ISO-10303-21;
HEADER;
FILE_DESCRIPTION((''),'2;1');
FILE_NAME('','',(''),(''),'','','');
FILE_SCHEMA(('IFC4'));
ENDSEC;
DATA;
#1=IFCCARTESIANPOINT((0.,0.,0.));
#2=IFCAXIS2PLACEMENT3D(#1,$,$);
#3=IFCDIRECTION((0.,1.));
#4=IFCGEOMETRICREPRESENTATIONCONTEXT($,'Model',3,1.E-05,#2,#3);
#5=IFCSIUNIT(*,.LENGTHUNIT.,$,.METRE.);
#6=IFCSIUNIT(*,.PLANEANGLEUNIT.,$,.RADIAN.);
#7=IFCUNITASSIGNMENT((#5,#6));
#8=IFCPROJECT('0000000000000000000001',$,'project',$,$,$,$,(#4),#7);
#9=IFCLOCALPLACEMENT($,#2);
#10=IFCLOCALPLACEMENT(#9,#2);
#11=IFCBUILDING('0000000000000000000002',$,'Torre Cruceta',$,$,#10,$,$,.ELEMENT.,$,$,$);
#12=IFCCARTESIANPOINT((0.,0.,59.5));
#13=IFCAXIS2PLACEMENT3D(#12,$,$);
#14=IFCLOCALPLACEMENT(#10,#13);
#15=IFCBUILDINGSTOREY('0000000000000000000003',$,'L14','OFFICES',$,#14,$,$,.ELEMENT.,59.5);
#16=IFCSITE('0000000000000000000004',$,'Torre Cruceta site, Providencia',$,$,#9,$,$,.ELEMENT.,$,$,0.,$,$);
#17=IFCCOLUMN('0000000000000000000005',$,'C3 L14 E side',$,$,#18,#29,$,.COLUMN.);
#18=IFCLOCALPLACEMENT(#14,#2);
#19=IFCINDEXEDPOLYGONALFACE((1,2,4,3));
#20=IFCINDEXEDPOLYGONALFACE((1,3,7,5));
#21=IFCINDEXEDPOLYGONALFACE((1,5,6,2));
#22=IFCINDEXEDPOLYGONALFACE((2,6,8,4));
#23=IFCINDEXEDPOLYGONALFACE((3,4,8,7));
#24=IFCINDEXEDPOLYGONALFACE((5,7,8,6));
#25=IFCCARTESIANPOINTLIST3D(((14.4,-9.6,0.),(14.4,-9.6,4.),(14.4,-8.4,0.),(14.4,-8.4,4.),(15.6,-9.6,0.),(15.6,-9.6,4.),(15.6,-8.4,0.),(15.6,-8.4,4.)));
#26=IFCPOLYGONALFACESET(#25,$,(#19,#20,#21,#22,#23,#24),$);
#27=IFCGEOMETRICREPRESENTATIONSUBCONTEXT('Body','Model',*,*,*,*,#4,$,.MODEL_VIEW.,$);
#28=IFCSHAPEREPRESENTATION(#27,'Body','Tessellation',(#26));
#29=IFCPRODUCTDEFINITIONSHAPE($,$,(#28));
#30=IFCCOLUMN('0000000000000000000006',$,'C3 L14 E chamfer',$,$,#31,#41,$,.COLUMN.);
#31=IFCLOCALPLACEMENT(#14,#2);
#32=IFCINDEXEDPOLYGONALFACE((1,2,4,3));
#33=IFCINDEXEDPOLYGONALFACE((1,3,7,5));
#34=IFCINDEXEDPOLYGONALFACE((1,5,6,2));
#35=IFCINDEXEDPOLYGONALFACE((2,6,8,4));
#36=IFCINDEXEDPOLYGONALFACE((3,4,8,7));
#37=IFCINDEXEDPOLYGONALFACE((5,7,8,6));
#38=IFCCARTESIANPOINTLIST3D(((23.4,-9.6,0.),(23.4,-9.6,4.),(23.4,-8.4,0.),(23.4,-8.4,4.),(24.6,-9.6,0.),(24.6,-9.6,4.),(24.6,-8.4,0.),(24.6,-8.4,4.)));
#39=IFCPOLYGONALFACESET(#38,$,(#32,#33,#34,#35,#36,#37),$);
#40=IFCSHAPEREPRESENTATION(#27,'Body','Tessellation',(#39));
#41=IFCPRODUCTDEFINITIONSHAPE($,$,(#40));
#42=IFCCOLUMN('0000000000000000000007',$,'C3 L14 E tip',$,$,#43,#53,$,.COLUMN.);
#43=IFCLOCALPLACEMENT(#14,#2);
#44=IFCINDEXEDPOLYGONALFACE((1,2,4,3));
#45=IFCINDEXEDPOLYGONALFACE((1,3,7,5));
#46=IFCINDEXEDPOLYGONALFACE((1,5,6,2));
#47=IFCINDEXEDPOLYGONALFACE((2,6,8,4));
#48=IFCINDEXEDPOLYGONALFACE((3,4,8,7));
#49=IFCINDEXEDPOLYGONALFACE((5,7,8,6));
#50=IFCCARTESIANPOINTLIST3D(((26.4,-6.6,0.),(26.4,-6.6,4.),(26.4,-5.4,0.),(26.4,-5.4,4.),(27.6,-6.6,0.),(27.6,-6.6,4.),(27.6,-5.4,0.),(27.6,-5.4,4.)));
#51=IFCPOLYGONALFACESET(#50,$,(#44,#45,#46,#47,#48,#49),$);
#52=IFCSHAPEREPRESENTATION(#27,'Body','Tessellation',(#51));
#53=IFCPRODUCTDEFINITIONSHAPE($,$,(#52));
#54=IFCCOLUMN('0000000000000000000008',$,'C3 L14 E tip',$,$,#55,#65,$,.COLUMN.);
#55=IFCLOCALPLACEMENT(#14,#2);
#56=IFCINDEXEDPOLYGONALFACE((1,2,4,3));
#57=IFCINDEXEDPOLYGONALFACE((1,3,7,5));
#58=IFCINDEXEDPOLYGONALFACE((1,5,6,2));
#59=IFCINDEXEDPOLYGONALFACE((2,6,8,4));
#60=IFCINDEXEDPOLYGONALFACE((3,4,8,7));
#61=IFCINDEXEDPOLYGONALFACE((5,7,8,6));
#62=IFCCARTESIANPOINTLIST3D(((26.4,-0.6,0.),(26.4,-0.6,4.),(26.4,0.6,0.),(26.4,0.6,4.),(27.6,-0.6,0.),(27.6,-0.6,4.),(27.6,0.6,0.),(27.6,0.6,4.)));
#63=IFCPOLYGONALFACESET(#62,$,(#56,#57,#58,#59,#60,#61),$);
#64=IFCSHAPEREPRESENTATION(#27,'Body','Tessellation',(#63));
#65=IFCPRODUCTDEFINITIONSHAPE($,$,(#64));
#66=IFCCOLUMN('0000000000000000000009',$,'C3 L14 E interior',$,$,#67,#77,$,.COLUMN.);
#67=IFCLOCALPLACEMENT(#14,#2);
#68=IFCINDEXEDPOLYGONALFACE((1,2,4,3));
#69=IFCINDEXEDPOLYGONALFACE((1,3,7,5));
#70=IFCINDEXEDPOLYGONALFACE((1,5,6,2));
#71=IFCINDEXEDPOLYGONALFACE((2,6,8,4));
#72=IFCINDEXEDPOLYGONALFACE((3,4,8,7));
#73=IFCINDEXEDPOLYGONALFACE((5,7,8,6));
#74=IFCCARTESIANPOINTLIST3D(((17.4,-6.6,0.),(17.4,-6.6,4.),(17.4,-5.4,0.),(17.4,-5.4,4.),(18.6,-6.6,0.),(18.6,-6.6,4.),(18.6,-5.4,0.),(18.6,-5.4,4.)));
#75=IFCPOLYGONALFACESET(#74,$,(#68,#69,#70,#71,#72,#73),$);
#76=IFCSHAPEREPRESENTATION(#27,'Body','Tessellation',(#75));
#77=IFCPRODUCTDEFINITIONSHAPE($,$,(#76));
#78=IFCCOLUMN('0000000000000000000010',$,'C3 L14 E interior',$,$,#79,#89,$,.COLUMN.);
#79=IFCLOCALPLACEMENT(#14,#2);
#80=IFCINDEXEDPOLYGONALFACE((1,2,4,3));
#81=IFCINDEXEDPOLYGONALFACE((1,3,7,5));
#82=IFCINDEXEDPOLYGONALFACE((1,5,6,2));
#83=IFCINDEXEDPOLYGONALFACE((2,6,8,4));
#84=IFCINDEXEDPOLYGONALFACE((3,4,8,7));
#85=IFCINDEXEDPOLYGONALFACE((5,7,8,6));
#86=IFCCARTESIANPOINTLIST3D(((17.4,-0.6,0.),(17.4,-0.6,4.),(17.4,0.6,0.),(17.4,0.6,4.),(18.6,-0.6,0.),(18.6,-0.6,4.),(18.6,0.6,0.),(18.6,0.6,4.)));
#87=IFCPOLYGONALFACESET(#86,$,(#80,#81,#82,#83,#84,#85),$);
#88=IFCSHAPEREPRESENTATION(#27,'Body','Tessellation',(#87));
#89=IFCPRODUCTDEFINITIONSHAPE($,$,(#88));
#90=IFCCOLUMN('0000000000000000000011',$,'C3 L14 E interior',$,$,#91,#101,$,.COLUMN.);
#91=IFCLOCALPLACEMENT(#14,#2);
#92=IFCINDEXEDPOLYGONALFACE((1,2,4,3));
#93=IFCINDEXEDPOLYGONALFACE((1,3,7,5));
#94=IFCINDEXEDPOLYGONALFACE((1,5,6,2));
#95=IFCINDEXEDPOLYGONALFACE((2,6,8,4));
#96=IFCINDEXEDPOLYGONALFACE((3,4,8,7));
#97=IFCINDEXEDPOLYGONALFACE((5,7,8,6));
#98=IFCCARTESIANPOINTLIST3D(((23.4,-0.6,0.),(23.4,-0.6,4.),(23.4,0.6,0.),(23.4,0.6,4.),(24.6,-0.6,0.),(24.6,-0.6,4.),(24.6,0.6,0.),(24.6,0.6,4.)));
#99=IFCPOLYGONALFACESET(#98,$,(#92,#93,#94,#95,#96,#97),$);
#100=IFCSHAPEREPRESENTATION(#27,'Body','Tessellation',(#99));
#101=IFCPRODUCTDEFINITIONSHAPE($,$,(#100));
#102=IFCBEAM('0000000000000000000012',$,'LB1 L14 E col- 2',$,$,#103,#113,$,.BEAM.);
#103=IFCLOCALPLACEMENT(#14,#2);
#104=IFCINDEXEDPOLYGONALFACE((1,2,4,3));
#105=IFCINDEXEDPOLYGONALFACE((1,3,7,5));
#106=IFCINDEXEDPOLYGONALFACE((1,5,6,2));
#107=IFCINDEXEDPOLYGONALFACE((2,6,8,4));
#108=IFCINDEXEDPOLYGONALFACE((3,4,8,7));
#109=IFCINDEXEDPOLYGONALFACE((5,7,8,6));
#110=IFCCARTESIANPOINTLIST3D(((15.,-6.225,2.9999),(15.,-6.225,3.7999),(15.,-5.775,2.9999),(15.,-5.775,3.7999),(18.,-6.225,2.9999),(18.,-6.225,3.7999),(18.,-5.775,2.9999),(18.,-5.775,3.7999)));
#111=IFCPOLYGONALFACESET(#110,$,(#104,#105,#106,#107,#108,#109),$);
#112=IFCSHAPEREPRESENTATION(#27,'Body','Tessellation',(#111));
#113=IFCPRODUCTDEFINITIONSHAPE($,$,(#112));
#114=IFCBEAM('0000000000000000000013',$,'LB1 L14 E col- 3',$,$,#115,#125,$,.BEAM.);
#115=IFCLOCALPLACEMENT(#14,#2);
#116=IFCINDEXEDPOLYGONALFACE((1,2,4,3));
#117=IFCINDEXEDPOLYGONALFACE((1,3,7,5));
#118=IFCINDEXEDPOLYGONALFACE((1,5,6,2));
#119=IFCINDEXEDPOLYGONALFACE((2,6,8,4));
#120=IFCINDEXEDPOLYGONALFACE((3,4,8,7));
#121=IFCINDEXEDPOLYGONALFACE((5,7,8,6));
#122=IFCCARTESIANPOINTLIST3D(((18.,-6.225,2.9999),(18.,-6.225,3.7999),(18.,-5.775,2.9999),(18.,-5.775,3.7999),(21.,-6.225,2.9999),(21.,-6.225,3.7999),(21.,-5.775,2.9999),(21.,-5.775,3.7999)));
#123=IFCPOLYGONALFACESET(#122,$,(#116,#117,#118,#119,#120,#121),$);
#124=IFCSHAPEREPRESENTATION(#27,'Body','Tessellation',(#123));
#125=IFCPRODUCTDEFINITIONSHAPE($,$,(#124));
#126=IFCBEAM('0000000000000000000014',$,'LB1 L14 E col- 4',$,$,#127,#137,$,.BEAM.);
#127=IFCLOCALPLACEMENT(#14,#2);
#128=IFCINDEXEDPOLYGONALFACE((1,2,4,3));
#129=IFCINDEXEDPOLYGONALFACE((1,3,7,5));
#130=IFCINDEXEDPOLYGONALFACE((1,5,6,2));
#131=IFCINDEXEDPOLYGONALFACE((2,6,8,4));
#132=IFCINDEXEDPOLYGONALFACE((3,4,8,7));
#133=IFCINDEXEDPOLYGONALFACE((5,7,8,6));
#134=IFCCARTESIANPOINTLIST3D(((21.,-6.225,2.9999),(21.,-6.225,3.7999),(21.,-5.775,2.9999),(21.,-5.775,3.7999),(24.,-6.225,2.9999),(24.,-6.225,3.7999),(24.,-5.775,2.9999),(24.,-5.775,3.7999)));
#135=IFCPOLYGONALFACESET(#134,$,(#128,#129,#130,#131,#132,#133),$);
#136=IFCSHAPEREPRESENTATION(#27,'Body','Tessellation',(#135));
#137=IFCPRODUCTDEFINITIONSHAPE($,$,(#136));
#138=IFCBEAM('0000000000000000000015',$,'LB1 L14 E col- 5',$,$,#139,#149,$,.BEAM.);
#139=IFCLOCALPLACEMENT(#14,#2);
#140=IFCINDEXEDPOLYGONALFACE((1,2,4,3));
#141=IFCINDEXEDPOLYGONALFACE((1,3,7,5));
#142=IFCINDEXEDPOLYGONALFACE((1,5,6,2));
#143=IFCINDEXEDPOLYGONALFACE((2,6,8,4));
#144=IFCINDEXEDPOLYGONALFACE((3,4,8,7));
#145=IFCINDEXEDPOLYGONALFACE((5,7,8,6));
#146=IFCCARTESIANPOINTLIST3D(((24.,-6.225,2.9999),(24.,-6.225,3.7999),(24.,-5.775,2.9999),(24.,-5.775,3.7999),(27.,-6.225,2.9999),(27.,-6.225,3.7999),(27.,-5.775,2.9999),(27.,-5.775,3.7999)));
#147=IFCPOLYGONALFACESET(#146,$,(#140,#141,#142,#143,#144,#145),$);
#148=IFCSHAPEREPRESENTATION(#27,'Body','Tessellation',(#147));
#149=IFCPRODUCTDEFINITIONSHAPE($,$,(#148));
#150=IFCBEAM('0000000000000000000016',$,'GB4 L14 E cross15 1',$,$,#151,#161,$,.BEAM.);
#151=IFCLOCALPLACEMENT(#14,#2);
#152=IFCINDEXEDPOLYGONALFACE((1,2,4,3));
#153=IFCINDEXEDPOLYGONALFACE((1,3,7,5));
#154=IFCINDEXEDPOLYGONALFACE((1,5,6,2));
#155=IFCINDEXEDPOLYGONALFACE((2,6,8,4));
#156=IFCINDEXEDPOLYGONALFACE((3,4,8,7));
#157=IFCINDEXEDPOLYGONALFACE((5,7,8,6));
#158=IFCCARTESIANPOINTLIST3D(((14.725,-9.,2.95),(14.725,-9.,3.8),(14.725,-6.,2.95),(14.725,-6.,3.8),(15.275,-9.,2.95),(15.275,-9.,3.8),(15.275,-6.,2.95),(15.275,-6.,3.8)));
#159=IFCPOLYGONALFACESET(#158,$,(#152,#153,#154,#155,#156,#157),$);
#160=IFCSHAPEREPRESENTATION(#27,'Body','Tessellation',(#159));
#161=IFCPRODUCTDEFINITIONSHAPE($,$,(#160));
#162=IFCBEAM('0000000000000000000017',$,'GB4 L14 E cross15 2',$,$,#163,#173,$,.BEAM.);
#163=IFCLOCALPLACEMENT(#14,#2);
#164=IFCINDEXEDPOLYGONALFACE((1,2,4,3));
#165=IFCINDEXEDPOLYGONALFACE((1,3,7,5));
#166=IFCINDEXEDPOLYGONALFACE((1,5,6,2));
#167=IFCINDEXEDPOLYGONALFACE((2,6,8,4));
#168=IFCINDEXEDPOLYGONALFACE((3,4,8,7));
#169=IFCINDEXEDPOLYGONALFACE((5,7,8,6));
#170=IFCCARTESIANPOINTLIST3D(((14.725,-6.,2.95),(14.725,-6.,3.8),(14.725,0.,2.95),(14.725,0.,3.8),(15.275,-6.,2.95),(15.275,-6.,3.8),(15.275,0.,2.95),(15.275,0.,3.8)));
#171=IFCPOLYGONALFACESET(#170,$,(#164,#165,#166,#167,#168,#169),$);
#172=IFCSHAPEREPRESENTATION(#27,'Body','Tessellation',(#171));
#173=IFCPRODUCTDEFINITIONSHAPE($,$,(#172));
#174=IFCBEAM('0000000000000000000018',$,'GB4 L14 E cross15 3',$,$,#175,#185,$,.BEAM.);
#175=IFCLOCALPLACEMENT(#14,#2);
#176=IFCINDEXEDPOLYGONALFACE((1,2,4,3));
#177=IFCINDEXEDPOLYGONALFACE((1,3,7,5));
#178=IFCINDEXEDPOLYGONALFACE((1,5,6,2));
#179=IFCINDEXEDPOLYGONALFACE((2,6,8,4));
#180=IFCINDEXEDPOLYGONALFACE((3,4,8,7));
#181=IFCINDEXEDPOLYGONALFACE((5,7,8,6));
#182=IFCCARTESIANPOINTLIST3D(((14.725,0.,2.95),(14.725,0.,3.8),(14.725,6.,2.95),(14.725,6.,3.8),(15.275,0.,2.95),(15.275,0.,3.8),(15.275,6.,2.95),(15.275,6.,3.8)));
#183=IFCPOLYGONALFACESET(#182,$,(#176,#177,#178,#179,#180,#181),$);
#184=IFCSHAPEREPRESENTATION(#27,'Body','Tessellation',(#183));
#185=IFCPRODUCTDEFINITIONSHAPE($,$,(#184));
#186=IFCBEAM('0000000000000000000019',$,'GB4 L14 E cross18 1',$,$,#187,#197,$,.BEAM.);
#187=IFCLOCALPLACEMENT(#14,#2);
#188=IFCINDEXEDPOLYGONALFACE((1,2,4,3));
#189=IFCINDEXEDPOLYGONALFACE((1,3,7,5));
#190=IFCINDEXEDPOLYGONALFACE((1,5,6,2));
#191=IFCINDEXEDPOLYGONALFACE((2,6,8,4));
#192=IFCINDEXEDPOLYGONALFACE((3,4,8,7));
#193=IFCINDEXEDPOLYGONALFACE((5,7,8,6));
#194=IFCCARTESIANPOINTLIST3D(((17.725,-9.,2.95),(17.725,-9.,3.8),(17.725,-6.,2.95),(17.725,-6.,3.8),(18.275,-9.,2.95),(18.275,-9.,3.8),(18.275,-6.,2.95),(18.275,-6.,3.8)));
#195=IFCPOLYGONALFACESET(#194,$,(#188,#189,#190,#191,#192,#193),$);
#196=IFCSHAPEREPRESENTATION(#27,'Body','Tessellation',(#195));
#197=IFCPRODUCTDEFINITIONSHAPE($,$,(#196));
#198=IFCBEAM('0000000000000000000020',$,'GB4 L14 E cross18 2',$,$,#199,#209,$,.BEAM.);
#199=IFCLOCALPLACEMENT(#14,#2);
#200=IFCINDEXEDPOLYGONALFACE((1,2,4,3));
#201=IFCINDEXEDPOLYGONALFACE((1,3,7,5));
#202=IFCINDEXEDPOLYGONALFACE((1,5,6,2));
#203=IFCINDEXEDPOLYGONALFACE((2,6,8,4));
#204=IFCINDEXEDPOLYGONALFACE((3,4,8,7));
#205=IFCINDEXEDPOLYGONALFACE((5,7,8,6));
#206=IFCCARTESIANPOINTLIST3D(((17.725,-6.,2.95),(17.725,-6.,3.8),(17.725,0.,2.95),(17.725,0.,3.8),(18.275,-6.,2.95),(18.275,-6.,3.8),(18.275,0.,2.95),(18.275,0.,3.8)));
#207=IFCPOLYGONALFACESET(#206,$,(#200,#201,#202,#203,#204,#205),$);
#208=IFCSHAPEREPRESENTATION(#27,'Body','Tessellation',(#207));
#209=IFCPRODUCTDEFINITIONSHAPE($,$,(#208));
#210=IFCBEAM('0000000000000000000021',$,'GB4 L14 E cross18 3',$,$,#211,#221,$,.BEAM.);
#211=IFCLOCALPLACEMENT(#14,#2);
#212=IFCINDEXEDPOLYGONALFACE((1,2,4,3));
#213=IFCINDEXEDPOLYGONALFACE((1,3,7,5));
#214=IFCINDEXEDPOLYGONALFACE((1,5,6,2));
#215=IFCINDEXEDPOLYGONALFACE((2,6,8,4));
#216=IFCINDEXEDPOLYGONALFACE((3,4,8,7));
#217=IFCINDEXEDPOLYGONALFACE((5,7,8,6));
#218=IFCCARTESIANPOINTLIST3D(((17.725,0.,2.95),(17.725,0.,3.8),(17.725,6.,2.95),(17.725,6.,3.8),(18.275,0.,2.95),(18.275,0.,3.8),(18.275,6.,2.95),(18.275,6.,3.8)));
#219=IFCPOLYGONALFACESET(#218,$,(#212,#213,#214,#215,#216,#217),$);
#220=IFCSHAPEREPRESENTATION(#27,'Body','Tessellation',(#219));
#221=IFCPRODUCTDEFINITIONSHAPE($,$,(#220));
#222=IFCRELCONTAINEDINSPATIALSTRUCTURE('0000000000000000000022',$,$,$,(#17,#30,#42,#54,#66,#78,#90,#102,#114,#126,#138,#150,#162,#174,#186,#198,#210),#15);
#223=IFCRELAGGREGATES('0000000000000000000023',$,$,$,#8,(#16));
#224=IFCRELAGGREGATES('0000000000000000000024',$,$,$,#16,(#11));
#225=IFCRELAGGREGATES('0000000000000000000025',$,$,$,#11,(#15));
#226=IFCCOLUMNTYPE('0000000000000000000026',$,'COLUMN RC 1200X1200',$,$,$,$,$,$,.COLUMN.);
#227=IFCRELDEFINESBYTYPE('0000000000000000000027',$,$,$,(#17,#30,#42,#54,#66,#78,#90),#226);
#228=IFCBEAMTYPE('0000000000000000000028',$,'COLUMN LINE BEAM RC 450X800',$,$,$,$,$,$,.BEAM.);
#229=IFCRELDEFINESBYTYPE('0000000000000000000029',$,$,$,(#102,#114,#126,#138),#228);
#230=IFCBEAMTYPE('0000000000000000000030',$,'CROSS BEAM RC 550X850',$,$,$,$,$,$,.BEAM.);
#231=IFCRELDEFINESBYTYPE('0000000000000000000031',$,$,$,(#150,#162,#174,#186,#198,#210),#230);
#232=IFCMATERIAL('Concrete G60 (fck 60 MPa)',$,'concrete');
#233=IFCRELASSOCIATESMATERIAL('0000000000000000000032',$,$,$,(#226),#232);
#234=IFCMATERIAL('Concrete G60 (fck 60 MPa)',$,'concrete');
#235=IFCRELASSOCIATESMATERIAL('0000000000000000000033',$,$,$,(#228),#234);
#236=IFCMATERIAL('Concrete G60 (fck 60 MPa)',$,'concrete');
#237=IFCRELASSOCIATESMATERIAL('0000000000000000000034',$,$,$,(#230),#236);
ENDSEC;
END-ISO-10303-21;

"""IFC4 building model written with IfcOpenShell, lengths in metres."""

from ifc_helpers import new_model, si_unit, direction, frame, origin, origin_2d, place, context, subcontext, project, spatial, rectangle, extrude, material, material_profile, profile_set, type_object, element, save


model = new_model("IFC4")

# Units and contexts
model_context = context("Model", 3, precision=1e-05, world=origin(), true_north=direction((0.0, 1.0)))
body_context = subcontext(model_context, "Body", "Model", "MODEL_VIEW")
ifc_project = project(units=[si_unit("LENGTHUNIT", "METRE"), si_unit("PLANEANGLEUNIT", "RADIAN")], contexts=[model_context])

# Site, building, storey
site_placement = place(None, origin())
site = spatial("IfcSite", under=ifc_project, at=site_placement, Name="Torre Cruceta site, Providencia", CompositionType="ELEMENT", RefElevation=0.0)
building_placement = place(site_placement, origin())
building = spatial("IfcBuilding", under=site, at=building_placement, Name="Torre Cruceta", CompositionType="ELEMENT")
storey_placement = place(building_placement, frame((0.0, 0.0, 59.5)))
storey = spatial("IfcBuildingStorey", under=building, at=storey_placement, Name="L14", Description="OFFICES", CompositionType="ELEMENT", Elevation=59.5)

# Columns
ifc_material_1 = material(Name="Concrete G60 (fck 60 MPa)", Category="concrete")
ifc_material_profile_1 = material_profile(ifc_material_1, rectangle(XDim=1.2, YDim=1.2, at=origin_2d()), Name="RC 1200X1200")
ifc_profile_set_1 = profile_set([ifc_material_profile_1], Name="Concrete G60 (fck 60 MPa)")
column_type = type_object("IfcColumnType", Name="COLUMN RC 1200X1200", PredefinedType="COLUMN", material=ifc_profile_set_1)
for number, where, z_axis, x_axis, name in (
    (1, (15.0, -9.0, 0.0), (0.0, 0.0, 1.0), (1.0, 0.0, 0.0), "C3 L14 E side"),
    (2, (24.0, -9.0, 0.0), (0.0, 0.0, 1.0), (1.0, 0.0, 0.0), "C3 L14 E chamfer"),
    (3, (27.0, -6.0, 0.0), (0.0, 0.0, 1.0), (1.0, 0.0, 0.0), "C3 L14 E tip"),
    (4, (27.0, 0.0, 0.0), (0.0, 0.0, 1.0), (1.0, 0.0, 0.0), "C3 L14 E tip"),
    (5, (18.0, -6.0, 0.0), (0.0, 0.0, 1.0), (1.0, 0.0, 0.0), "C3 L14 E interior"),
    (6, (18.0, 0.0, 0.0), (0.0, 0.0, 1.0), (1.0, 0.0, 0.0), "C3 L14 E interior"),
    (7, (24.0, 0.0, 0.0), (0.0, 0.0, 1.0), (1.0, 0.0, 0.0), "C3 L14 E interior"),
):
    element("IfcColumn", number, at=place(storey_placement, frame(where, z_axis=z_axis, x_axis=x_axis)), inside=storey, type_object=column_type, Name=name, PredefinedType="COLUMN", context=body_context, shape_type="SweptSolid", body=[
        extrude(rectangle(XDim=1.2, YDim=1.2, at=origin_2d()), origin(), (0.0, 0.0, 1.0), 4.0),
    ])

# Beams
ifc_material_2 = material(Name="Concrete G60 (fck 60 MPa)", Category="concrete")
ifc_material_profile_2 = material_profile(ifc_material_2, rectangle(XDim=0.45, YDim=0.8, at=origin_2d()), Name="RC 450X800")
ifc_profile_set_2 = profile_set([ifc_material_profile_2], Name="Concrete G60 (fck 60 MPa)")
beam_type_1 = type_object("IfcBeamType", Name="COLUMN LINE BEAM RC 450X800", PredefinedType="BEAM", material=ifc_profile_set_2)
for number, where, z_axis, x_axis, name in (
    (8, (15.0, -6.0, 3.3999), (1.0, 0.0, 0.0), (0.0, 1.0, 0.0), "LB1 L14 E col- 2"),
    (9, (18.0, -6.0, 3.3999), (1.0, 0.0, 0.0), (0.0, 1.0, 0.0), "LB1 L14 E col- 3"),
    (10, (21.0, -6.0, 3.3999), (1.0, 0.0, 0.0), (0.0, 1.0, 0.0), "LB1 L14 E col- 4"),
    (11, (24.0, -6.0, 3.3999), (1.0, 0.0, 0.0), (0.0, 1.0, 0.0), "LB1 L14 E col- 5"),
):
    element("IfcBeam", number, at=place(storey_placement, frame(where, z_axis=z_axis, x_axis=x_axis)), inside=storey, type_object=beam_type_1, Name=name, PredefinedType="BEAM", context=body_context, shape_type="SweptSolid", body=[
        extrude(rectangle(XDim=0.45, YDim=0.8, at=origin_2d()), origin(), (0.0, 0.0, 1.0), 3.0),
    ])
ifc_material_3 = material(Name="Concrete G60 (fck 60 MPa)", Category="concrete")
ifc_material_profile_3 = material_profile(ifc_material_3, rectangle(XDim=0.55, YDim=0.8501, at=origin_2d()), Name="RC 550X850")
ifc_profile_set_3 = profile_set([ifc_material_profile_3], Name="Concrete G60 (fck 60 MPa)")
beam_type_2 = type_object("IfcBeamType", Name="CROSS BEAM RC 550X850", PredefinedType="BEAM", material=ifc_profile_set_3)
beam_1_placement = place(storey_placement, frame((15.0, -9.0, 3.375), z_axis=(0.0, 1.0, 0.0), x_axis=(-1.0, 0.0, 0.0)))
element("IfcBeam", 12, at=beam_1_placement, inside=storey, type_object=beam_type_2, Name="GB4 L14 E cross15 1", PredefinedType="BEAM", context=body_context, shape_type="SweptSolid", body=[
    extrude(rectangle(XDim=0.55, YDim=0.8501, at=origin_2d()), origin(), (0.0, 0.0, 1.0), 3.0),
])
for number, where, z_axis, x_axis, name in (
    (13, (15.0, -6.0, 3.375), (0.0, 1.0, 0.0), (-1.0, 0.0, 0.0), "GB4 L14 E cross15 2"),
    (14, (15.0, 0.0, 3.375), (0.0, 1.0, 0.0), (-1.0, 0.0, 0.0), "GB4 L14 E cross15 3"),
):
    element("IfcBeam", number, at=place(storey_placement, frame(where, z_axis=z_axis, x_axis=x_axis)), inside=storey, type_object=beam_type_2, Name=name, PredefinedType="BEAM", context=body_context, shape_type="SweptSolid", body=[
        extrude(rectangle(XDim=0.55, YDim=0.8501, at=origin_2d()), origin(), (0.0, 0.0, 1.0), 6.0),
    ])
beam_2_placement = place(storey_placement, frame((18.0, -9.0, 3.375), z_axis=(0.0, 1.0, 0.0), x_axis=(-1.0, 0.0, 0.0)))
element("IfcBeam", 15, at=beam_2_placement, inside=storey, type_object=beam_type_2, Name="GB4 L14 E cross18 1", PredefinedType="BEAM", context=body_context, shape_type="SweptSolid", body=[
    extrude(rectangle(XDim=0.55, YDim=0.8501, at=origin_2d()), origin(), (0.0, 0.0, 1.0), 3.0),
])
for number, where, z_axis, x_axis, name in (
    (16, (18.0, -6.0, 3.375), (0.0, 1.0, 0.0), (-1.0, 0.0, 0.0), "GB4 L14 E cross18 2"),
    (17, (18.0, 0.0, 3.375), (0.0, 1.0, 0.0), (-1.0, 0.0, 0.0), "GB4 L14 E cross18 3"),
):
    element("IfcBeam", number, at=place(storey_placement, frame(where, z_axis=z_axis, x_axis=x_axis)), inside=storey, type_object=beam_type_2, Name=name, PredefinedType="BEAM", context=body_context, shape_type="SweptSolid", body=[
        extrude(rectangle(XDim=0.55, YDim=0.8501, at=origin_2d()), origin(), (0.0, 0.0, 1.0), 6.0),
    ])

save(model, "model.ifc")
